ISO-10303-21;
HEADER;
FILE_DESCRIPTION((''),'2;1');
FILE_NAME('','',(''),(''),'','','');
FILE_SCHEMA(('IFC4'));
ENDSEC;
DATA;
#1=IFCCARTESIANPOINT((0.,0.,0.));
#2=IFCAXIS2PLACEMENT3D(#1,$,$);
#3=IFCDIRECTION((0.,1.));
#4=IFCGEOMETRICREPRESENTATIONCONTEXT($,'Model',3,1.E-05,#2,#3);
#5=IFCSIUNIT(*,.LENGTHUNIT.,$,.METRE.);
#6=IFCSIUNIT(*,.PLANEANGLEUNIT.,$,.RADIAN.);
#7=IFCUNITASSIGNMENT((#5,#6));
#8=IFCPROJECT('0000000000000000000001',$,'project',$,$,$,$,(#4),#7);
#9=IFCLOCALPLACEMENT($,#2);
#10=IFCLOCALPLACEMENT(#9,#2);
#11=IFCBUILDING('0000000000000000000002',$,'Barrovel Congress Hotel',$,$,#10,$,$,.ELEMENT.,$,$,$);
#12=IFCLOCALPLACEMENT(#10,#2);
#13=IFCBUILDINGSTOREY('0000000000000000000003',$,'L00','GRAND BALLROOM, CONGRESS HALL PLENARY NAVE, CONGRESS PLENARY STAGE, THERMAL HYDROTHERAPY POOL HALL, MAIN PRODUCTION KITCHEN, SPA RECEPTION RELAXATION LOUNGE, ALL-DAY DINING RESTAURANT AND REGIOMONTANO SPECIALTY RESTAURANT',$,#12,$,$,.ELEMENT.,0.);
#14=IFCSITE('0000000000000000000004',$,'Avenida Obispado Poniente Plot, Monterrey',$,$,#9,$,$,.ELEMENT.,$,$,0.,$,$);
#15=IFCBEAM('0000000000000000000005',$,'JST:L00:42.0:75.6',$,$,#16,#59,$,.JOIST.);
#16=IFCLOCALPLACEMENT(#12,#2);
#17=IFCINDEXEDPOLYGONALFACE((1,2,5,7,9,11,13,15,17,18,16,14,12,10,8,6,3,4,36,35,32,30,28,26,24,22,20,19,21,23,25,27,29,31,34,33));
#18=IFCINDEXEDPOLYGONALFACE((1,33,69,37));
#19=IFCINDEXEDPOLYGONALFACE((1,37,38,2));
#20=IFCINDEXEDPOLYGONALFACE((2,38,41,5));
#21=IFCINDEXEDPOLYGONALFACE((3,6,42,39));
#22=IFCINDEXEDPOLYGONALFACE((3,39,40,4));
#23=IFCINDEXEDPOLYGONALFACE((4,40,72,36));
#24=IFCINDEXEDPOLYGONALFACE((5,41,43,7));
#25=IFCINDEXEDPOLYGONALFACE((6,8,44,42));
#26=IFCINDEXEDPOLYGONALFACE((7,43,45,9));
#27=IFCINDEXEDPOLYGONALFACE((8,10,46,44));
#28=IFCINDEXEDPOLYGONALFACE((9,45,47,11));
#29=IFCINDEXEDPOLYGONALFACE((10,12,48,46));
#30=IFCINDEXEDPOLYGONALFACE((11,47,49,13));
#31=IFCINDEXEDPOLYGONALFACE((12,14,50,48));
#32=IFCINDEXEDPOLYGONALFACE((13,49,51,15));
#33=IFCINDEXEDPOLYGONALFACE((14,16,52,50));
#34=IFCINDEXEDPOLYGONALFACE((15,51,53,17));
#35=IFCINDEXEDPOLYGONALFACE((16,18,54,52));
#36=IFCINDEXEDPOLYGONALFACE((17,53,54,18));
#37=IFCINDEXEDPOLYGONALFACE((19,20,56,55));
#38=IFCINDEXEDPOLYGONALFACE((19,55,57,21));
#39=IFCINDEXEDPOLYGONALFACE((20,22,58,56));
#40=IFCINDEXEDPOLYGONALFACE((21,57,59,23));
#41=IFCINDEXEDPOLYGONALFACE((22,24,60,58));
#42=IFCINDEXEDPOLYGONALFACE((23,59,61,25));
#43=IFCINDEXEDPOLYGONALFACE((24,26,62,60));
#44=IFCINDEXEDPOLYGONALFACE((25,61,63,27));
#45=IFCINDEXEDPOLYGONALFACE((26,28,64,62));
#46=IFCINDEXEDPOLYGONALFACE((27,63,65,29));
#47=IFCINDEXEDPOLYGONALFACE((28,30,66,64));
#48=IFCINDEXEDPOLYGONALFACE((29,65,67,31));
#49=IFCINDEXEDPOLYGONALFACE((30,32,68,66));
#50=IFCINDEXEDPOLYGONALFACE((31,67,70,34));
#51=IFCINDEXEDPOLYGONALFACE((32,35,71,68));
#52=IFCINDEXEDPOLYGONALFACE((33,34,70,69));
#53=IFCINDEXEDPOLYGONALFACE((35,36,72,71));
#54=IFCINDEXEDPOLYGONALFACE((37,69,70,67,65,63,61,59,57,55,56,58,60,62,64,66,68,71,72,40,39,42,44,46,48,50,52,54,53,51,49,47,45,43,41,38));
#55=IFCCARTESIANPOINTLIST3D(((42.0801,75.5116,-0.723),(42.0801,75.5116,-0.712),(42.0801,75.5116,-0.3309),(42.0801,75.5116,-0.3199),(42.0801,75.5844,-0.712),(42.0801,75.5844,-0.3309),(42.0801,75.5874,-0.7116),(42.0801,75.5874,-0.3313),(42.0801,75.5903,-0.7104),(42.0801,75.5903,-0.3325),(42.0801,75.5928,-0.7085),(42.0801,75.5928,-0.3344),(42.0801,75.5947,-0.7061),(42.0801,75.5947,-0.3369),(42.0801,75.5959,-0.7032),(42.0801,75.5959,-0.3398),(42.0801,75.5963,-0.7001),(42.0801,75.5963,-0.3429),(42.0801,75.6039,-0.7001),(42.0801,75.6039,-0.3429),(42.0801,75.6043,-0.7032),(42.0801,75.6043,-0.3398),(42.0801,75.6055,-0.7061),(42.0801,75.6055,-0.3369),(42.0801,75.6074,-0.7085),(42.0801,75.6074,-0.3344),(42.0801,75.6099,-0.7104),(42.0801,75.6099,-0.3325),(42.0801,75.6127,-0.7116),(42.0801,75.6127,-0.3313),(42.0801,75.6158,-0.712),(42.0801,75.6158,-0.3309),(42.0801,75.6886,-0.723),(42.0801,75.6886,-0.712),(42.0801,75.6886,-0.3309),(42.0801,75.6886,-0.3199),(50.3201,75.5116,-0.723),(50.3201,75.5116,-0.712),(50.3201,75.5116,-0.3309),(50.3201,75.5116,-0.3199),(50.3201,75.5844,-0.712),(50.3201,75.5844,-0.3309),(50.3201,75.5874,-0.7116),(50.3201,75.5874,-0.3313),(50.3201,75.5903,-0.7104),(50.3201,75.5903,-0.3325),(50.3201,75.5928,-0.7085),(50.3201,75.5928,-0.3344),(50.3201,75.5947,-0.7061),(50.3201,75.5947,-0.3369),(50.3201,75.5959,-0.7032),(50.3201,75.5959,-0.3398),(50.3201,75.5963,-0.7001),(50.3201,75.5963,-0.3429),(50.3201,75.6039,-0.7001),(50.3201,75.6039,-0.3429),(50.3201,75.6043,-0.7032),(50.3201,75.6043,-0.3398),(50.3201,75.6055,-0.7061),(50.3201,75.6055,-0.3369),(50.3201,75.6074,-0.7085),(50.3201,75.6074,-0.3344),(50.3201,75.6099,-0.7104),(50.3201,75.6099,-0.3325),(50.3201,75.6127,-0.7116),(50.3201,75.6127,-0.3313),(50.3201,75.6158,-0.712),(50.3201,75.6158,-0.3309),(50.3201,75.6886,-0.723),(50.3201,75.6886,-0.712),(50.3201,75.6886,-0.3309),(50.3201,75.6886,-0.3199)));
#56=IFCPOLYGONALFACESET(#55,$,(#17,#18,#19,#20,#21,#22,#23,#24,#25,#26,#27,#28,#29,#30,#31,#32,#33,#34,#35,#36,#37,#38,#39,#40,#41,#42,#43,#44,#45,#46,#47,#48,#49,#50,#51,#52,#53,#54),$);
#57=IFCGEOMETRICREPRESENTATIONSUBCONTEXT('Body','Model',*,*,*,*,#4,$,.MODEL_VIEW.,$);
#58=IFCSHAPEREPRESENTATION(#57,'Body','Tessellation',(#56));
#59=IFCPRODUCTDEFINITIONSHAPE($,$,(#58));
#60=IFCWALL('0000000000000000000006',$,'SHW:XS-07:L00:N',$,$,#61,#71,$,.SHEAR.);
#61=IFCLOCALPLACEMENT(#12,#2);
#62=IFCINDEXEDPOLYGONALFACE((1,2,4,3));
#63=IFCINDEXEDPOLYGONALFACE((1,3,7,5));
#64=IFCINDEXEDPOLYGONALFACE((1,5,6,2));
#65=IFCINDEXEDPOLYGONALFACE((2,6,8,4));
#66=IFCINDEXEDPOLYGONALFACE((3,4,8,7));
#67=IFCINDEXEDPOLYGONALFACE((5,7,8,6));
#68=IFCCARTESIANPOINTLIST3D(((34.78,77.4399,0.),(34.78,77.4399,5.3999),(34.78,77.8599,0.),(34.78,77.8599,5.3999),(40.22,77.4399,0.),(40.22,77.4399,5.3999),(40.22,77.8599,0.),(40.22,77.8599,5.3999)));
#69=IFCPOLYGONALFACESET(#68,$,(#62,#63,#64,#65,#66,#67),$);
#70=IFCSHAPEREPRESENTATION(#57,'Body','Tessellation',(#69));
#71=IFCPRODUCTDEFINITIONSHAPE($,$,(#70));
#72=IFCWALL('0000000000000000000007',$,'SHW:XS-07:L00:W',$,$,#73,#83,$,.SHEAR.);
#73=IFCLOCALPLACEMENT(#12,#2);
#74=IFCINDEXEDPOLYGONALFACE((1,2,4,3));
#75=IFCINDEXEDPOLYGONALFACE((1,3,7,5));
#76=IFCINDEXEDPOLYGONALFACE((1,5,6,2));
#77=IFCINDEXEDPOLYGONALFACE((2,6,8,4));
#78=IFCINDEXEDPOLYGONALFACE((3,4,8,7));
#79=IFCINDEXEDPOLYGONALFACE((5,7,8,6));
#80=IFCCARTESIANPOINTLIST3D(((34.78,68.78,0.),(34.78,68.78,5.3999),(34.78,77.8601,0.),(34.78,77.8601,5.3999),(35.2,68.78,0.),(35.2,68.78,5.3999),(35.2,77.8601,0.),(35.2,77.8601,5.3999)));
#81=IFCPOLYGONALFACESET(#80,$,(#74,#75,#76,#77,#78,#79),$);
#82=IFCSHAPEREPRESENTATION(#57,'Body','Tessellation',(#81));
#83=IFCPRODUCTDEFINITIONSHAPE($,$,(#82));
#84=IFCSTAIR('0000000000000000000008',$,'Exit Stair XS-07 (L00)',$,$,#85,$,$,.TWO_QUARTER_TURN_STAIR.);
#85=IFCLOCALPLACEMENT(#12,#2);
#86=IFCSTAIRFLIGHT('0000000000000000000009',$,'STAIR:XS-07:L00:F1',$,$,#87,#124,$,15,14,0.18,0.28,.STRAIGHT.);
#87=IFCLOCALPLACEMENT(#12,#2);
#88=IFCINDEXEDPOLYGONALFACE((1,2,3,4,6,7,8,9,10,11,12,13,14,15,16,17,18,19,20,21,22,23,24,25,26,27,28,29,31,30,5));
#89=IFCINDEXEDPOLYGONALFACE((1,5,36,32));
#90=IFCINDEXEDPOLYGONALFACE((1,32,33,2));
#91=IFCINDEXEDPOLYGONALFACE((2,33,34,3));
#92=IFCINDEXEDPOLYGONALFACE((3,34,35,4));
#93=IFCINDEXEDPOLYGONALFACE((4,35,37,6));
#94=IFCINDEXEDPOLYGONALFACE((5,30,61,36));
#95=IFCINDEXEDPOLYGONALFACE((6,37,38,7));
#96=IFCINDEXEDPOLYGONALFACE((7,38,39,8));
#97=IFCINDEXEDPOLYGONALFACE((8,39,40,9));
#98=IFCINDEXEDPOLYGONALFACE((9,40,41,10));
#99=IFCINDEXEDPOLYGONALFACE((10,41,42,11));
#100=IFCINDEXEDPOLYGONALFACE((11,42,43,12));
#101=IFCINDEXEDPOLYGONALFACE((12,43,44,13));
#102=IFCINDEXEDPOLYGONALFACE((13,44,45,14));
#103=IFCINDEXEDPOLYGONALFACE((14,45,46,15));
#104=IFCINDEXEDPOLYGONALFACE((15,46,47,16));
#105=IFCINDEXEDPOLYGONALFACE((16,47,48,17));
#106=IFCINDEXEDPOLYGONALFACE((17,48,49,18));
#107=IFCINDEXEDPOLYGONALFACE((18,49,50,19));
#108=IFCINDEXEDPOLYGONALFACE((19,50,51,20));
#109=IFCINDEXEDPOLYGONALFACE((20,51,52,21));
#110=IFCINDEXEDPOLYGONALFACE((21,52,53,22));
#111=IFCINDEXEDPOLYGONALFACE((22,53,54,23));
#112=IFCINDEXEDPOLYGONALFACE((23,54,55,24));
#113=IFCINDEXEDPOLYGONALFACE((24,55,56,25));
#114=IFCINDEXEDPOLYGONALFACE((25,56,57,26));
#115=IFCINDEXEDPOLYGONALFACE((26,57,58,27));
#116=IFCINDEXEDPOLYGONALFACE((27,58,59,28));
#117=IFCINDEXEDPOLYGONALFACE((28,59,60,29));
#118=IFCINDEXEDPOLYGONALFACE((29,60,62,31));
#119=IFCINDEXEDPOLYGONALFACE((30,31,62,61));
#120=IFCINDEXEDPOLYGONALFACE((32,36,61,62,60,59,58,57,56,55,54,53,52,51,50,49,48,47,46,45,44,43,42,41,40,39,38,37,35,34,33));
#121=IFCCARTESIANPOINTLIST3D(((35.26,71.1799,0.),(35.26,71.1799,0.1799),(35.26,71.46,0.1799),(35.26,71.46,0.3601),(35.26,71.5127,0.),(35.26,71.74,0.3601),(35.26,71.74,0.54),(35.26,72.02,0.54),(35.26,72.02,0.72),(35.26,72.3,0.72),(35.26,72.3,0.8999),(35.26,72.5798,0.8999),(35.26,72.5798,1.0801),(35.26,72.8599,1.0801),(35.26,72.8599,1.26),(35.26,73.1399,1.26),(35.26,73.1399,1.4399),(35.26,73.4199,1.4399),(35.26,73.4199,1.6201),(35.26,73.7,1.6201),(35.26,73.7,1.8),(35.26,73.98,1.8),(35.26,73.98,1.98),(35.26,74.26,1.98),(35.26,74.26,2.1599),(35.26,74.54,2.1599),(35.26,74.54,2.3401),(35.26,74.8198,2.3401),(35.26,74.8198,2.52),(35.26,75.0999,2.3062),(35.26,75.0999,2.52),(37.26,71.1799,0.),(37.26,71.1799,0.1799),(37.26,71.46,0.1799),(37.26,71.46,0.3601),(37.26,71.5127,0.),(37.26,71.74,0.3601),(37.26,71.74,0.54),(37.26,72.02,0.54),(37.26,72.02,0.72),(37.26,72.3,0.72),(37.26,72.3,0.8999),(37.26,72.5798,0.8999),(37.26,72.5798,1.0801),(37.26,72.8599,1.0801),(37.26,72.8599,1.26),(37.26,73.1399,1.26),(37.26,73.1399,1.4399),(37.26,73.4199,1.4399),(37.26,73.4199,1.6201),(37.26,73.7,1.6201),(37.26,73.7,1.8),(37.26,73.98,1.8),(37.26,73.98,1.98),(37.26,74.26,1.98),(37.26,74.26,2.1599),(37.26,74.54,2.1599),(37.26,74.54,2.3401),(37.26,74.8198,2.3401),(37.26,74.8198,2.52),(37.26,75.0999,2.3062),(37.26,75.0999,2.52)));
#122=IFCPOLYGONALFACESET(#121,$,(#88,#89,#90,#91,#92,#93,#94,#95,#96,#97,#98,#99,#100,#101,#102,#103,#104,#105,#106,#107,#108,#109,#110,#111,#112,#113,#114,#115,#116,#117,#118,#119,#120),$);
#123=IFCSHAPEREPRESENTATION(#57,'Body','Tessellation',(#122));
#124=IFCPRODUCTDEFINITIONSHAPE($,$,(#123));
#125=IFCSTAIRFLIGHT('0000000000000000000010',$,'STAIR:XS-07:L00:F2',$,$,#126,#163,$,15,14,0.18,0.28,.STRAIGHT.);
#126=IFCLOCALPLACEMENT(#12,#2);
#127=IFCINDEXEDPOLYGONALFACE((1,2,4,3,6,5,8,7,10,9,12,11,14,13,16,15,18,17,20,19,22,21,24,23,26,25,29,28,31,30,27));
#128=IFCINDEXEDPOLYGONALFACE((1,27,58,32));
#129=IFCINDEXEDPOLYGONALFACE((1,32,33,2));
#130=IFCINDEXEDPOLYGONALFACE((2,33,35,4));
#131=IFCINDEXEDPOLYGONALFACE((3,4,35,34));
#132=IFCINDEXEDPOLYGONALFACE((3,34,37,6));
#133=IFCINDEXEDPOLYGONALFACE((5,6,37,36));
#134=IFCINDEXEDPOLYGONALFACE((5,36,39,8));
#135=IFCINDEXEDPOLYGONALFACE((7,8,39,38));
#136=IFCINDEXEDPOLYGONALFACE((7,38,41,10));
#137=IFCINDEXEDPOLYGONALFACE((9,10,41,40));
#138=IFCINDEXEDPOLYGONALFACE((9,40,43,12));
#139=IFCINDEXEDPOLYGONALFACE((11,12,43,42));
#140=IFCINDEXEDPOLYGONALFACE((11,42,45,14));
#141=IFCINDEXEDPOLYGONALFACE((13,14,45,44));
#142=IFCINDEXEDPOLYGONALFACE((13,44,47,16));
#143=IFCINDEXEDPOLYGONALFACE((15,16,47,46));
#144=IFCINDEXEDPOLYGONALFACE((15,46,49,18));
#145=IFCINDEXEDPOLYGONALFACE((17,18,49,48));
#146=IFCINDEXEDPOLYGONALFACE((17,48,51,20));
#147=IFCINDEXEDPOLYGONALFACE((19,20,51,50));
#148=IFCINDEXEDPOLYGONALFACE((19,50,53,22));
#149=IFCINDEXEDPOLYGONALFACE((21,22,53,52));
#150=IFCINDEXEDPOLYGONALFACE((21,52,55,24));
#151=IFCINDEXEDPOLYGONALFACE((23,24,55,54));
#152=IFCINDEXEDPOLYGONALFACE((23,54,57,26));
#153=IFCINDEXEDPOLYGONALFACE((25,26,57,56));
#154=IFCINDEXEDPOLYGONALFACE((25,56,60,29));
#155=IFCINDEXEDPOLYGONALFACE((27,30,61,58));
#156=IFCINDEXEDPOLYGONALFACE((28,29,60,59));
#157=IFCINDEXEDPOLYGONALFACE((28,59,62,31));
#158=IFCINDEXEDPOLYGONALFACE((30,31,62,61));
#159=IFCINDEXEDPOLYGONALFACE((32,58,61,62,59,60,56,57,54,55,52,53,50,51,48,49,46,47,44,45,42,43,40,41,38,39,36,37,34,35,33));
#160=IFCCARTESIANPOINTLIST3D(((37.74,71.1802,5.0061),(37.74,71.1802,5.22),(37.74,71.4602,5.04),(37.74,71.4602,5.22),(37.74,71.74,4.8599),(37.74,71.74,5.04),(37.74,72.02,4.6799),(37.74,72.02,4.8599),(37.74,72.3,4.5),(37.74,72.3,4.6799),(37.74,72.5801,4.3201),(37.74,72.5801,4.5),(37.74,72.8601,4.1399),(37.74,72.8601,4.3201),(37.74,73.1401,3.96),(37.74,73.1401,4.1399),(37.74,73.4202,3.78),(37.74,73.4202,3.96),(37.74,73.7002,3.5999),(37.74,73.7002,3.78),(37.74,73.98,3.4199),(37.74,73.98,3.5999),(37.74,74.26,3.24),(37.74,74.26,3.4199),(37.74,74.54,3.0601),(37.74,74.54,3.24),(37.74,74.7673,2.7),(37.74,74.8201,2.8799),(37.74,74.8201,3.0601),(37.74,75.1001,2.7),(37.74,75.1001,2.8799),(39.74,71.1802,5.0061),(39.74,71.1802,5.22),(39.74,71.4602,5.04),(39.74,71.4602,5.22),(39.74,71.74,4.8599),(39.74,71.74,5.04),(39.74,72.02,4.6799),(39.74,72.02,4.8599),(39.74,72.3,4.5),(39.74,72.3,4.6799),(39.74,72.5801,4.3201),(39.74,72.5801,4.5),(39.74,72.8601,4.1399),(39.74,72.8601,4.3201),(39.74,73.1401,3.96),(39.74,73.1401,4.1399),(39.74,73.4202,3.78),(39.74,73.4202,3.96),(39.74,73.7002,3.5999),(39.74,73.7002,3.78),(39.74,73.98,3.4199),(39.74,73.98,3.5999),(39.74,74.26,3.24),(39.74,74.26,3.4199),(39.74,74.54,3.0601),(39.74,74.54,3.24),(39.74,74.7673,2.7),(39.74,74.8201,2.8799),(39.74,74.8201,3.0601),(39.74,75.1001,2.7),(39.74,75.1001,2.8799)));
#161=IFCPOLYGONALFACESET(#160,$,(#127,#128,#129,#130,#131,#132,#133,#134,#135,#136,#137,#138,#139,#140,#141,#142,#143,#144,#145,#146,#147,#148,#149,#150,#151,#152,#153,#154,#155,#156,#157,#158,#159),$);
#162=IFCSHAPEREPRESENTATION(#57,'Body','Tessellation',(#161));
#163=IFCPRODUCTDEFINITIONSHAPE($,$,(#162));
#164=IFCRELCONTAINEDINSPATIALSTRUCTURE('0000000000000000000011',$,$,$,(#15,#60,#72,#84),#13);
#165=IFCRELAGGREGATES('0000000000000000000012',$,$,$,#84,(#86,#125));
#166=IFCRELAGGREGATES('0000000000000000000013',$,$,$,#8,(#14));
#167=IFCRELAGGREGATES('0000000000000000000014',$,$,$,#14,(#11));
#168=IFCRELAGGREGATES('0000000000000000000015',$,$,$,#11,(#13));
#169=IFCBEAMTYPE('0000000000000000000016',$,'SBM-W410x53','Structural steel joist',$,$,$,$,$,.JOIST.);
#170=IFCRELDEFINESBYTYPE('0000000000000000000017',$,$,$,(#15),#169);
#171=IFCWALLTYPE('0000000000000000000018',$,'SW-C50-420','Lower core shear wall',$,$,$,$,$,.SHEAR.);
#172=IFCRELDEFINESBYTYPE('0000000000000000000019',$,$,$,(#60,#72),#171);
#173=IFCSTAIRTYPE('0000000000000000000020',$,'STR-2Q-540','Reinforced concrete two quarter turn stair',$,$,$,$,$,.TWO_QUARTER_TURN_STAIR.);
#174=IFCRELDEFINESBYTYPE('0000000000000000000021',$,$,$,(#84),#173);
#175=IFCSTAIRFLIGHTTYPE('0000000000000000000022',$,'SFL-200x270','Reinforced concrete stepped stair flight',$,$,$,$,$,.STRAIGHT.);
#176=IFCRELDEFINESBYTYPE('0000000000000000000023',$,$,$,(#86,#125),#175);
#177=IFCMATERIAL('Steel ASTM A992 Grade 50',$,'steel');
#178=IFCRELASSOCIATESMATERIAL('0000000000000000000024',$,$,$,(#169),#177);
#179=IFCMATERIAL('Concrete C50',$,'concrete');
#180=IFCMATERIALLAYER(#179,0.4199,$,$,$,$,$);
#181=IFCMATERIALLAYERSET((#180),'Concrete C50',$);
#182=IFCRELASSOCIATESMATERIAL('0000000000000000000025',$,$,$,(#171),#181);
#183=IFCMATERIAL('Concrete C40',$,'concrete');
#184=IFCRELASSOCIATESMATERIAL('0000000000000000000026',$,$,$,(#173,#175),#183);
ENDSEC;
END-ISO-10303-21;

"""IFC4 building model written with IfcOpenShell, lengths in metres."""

from ifc_helpers import new_model, si_unit, direction, frame, frame_2d, origin, origin_2d, place, context, subcontext, project, spatial, polyline, rectangle, i_section, outline, extrude, material, layer, layer_set, material_profile, profile_set, type_object, element, aggregate, save


model = new_model("IFC4")

# Units and contexts
model_context = context("Model", 3, precision=1e-05, world=origin(), true_north=direction((0.0, 1.0)))
body_context = subcontext(model_context, "Body", "Model", "MODEL_VIEW")
ifc_project = project(units=[si_unit("LENGTHUNIT", "METRE"), si_unit("PLANEANGLEUNIT", "RADIAN")], contexts=[model_context])

# Site, building, storey
site_placement = place(None, origin())
site = spatial("IfcSite", under=ifc_project, at=site_placement, Name="Avenida Obispado Poniente Plot, Monterrey", CompositionType="ELEMENT", RefElevation=0.0)
building_placement = place(site_placement, origin())
building = spatial("IfcBuilding", under=site, at=building_placement, Name="Barrovel Congress Hotel", CompositionType="ELEMENT")
storey_placement = place(building_placement, origin())
storey = spatial("IfcBuildingStorey", under=building, at=storey_placement, Name="L00", Description="GRAND BALLROOM, CONGRESS HALL PLENARY NAVE, CONGRESS PLENARY STAGE, THERMAL HYDROTHERAPY POOL HALL, MAIN PRODUCTION KITCHEN, SPA RECEPTION RELAXATION LOUNGE, ALL-DAY DINING RESTAURANT AND REGIOMONTANO SPECIALTY RESTAURANT", CompositionType="ELEMENT", Elevation=0.0)

# Shared definitions
ifc_material_1 = material(Name="Concrete C40", Category="concrete")

# Beam
ifc_material_2 = material(Name="Steel ASTM A992 Grade 50", Category="steel")
ifc_material_profile_1 = material_profile(ifc_material_2, i_section(OverallWidth=0.177, OverallDepth=0.4031, WebThickness=0.0076, FlangeThickness=0.011, FilletRadius=0.012, at=origin_2d()), Name="W410x53")
ifc_profile_set_1 = profile_set([ifc_material_profile_1], Name="Steel ASTM A992 Grade 50")
beam_type_1 = type_object("IfcBeamType", Name="SBM-W410x53", Description="Structural steel joist", PredefinedType="JOIST", material=ifc_profile_set_1)
for number, where, z_axis, x_axis, name in (
    (1, (42.0801, 75.6001, -0.5215), (1.0, 0.0, 0.0), (0.0, 1.0, 0.0), "JST:L00:42.0:75.6"),
):
    element("IfcBeam", number, at=place(storey_placement, frame(where, z_axis=z_axis, x_axis=x_axis)), inside=storey, type_object=beam_type_1, Name=name, PredefinedType="JOIST", context=body_context, shape_type="SweptSolid", body=[
        extrude(i_section(OverallWidth=0.177, OverallDepth=0.4031, WebThickness=0.0076, FlangeThickness=0.011, FilletRadius=0.012, at=origin_2d()), origin(), (0.0, 0.0, 1.0), 8.24),
    ])

# Walls
ifc_material_3 = material(Name="Concrete C50", Category="concrete")
ifc_layer_1 = layer(ifc_material_3, 0.4199)
ifc_layer_set_1 = layer_set([ifc_layer_1], Name="Concrete C50")
wall_type = type_object("IfcWallType", Name="SW-C50-420", Description="Lower core shear wall", PredefinedType="SHEAR", material=ifc_layer_set_1)
wall_1_placement = place(storey_placement, frame((40.22, 77.6499, 0.0), z_axis=(0.0, 0.0, 1.0), x_axis=(-1.0, 0.0, 0.0)))
element("IfcWall", 2, at=wall_1_placement, inside=storey, type_object=wall_type, Name="SHW:XS-07:L00:N", PredefinedType="SHEAR", context=body_context, shape_type="SweptSolid", body=[
    extrude(rectangle(XDim=5.4399, YDim=0.4199, at=frame_2d((2.72, 0.0))), origin(), (0.0, 0.0, 1.0), 5.3999),
])
wall_2_placement = place(storey_placement, frame((34.99, 77.8601, 0.0), z_axis=(0.0, 0.0, 1.0), x_axis=(0.0, -1.0, 0.0)))
element("IfcWall", 3, at=wall_2_placement, inside=storey, type_object=wall_type, Name="SHW:XS-07:L00:W", PredefinedType="SHEAR", context=body_context, shape_type="SweptSolid", body=[
    extrude(rectangle(XDim=9.0801, YDim=0.4199, at=frame_2d((4.54, 0.0))), origin(), (0.0, 0.0, 1.0), 5.3999),
])

# Stair, stair flights
stair_type = type_object("IfcStairType", Name="STR-2Q-540", Description="Reinforced concrete two quarter turn stair", PredefinedType="TWO_QUARTER_TURN_STAIR", material=ifc_material_1)
stair_placement = place(storey_placement, origin())
stair = element("IfcStair", 4, at=stair_placement, inside=storey, type_object=stair_type, Name="Exit Stair XS-07 (L00)", PredefinedType="TWO_QUARTER_TURN_STAIR")
stair_flight_type = type_object("IfcStairFlightType", Name="SFL-200x270", Description="Reinforced concrete stepped stair flight", PredefinedType="STRAIGHT", material=ifc_material_1)
stair_flight_1_placement = place(storey_placement, frame((36.26, 71.1799, 0.0), z_axis=(0.0, 0.0, 1.0), x_axis=(0.0, 1.0, 0.0)))
stair_flight_1 = element("IfcStairFlight", 5, at=stair_flight_1_placement, type_object=stair_flight_type, Name="STAIR:XS-07:L00:F1", NumberOfRisers=15, NumberOfTreads=14, PredefinedType="STRAIGHT", RiserHeight=0.18, TreadLength=0.28, context=body_context, shape_type="SweptSolid", body=[
    extrude(outline(polyline([(0.0, 0.0), (0.0, 0.1799), (0.28, 0.1799), (0.28, 0.3601), (0.5601, 0.3601), (0.5601, 0.54), (0.8401, 0.54), (0.8401, 0.72), (1.1201, 0.72), (1.1201, 0.8999), (1.3999, 0.8999), (1.3999, 1.0801), (1.6799, 1.0801), (1.6799, 1.26), (1.96, 1.26), (1.96, 1.4399), (2.24, 1.4399), (2.24, 1.6201), (2.52, 1.6201), (2.52, 1.8), (2.8, 1.8), (2.8, 1.98), (3.0801, 1.98), (3.0801, 2.1599), (3.3601, 2.1599), (3.3601, 2.3401), (3.6399, 2.3401), (3.6399, 2.52), (3.9199, 2.52), (3.9199, 2.7), (3.9199, 2.3062), (0.3328, 0.0), (0.0, 0.0)])), frame((0.0, 1.0, 0.0), z_axis=(0.0, -1.0, 0.0), x_axis=(1.0, 0.0, 0.0)), (0.0, 0.0, 1.0), 2.0),
])
stair_flight_2_placement = place(storey_placement, frame((38.74, 75.1001, 2.7), z_axis=(0.0, 0.0, 1.0), x_axis=(0.0, -1.0, 0.0)))
stair_flight_2 = element("IfcStairFlight", 6, at=stair_flight_2_placement, type_object=stair_flight_type, Name="STAIR:XS-07:L00:F2", NumberOfRisers=15, NumberOfTreads=14, PredefinedType="STRAIGHT", RiserHeight=0.18, TreadLength=0.28, context=body_context, shape_type="SweptSolid", body=[
    extrude(outline(polyline([(0.0, 0.0), (0.0, 0.1799), (0.28, 0.1799), (0.28, 0.3601), (0.5601, 0.3601), (0.5601, 0.54), (0.8401, 0.54), (0.8401, 0.72), (1.1201, 0.72), (1.1201, 0.8999), (1.3999, 0.8999), (1.3999, 1.0801), (1.6799, 1.0801), (1.6799, 1.26), (1.96, 1.26), (1.96, 1.4399), (2.24, 1.4399), (2.24, 1.6201), (2.52, 1.6201), (2.52, 1.8), (2.8, 1.8), (2.8, 1.98), (3.0801, 1.98), (3.0801, 2.1599), (3.3601, 2.1599), (3.3601, 2.3401), (3.6399, 2.3401), (3.6399, 2.52), (3.9199, 2.52), (3.9199, 2.7), (3.9199, 2.3062), (0.3328, 0.0), (0.0, 0.0)])), frame((0.0, 1.0, 0.0), z_axis=(0.0, -1.0, 0.0), x_axis=(1.0, 0.0, 0.0)), (0.0, 0.0, 1.0), 2.0),
])
aggregate(stair, [stair_flight_1, stair_flight_2])

save(model, "model.ifc")
